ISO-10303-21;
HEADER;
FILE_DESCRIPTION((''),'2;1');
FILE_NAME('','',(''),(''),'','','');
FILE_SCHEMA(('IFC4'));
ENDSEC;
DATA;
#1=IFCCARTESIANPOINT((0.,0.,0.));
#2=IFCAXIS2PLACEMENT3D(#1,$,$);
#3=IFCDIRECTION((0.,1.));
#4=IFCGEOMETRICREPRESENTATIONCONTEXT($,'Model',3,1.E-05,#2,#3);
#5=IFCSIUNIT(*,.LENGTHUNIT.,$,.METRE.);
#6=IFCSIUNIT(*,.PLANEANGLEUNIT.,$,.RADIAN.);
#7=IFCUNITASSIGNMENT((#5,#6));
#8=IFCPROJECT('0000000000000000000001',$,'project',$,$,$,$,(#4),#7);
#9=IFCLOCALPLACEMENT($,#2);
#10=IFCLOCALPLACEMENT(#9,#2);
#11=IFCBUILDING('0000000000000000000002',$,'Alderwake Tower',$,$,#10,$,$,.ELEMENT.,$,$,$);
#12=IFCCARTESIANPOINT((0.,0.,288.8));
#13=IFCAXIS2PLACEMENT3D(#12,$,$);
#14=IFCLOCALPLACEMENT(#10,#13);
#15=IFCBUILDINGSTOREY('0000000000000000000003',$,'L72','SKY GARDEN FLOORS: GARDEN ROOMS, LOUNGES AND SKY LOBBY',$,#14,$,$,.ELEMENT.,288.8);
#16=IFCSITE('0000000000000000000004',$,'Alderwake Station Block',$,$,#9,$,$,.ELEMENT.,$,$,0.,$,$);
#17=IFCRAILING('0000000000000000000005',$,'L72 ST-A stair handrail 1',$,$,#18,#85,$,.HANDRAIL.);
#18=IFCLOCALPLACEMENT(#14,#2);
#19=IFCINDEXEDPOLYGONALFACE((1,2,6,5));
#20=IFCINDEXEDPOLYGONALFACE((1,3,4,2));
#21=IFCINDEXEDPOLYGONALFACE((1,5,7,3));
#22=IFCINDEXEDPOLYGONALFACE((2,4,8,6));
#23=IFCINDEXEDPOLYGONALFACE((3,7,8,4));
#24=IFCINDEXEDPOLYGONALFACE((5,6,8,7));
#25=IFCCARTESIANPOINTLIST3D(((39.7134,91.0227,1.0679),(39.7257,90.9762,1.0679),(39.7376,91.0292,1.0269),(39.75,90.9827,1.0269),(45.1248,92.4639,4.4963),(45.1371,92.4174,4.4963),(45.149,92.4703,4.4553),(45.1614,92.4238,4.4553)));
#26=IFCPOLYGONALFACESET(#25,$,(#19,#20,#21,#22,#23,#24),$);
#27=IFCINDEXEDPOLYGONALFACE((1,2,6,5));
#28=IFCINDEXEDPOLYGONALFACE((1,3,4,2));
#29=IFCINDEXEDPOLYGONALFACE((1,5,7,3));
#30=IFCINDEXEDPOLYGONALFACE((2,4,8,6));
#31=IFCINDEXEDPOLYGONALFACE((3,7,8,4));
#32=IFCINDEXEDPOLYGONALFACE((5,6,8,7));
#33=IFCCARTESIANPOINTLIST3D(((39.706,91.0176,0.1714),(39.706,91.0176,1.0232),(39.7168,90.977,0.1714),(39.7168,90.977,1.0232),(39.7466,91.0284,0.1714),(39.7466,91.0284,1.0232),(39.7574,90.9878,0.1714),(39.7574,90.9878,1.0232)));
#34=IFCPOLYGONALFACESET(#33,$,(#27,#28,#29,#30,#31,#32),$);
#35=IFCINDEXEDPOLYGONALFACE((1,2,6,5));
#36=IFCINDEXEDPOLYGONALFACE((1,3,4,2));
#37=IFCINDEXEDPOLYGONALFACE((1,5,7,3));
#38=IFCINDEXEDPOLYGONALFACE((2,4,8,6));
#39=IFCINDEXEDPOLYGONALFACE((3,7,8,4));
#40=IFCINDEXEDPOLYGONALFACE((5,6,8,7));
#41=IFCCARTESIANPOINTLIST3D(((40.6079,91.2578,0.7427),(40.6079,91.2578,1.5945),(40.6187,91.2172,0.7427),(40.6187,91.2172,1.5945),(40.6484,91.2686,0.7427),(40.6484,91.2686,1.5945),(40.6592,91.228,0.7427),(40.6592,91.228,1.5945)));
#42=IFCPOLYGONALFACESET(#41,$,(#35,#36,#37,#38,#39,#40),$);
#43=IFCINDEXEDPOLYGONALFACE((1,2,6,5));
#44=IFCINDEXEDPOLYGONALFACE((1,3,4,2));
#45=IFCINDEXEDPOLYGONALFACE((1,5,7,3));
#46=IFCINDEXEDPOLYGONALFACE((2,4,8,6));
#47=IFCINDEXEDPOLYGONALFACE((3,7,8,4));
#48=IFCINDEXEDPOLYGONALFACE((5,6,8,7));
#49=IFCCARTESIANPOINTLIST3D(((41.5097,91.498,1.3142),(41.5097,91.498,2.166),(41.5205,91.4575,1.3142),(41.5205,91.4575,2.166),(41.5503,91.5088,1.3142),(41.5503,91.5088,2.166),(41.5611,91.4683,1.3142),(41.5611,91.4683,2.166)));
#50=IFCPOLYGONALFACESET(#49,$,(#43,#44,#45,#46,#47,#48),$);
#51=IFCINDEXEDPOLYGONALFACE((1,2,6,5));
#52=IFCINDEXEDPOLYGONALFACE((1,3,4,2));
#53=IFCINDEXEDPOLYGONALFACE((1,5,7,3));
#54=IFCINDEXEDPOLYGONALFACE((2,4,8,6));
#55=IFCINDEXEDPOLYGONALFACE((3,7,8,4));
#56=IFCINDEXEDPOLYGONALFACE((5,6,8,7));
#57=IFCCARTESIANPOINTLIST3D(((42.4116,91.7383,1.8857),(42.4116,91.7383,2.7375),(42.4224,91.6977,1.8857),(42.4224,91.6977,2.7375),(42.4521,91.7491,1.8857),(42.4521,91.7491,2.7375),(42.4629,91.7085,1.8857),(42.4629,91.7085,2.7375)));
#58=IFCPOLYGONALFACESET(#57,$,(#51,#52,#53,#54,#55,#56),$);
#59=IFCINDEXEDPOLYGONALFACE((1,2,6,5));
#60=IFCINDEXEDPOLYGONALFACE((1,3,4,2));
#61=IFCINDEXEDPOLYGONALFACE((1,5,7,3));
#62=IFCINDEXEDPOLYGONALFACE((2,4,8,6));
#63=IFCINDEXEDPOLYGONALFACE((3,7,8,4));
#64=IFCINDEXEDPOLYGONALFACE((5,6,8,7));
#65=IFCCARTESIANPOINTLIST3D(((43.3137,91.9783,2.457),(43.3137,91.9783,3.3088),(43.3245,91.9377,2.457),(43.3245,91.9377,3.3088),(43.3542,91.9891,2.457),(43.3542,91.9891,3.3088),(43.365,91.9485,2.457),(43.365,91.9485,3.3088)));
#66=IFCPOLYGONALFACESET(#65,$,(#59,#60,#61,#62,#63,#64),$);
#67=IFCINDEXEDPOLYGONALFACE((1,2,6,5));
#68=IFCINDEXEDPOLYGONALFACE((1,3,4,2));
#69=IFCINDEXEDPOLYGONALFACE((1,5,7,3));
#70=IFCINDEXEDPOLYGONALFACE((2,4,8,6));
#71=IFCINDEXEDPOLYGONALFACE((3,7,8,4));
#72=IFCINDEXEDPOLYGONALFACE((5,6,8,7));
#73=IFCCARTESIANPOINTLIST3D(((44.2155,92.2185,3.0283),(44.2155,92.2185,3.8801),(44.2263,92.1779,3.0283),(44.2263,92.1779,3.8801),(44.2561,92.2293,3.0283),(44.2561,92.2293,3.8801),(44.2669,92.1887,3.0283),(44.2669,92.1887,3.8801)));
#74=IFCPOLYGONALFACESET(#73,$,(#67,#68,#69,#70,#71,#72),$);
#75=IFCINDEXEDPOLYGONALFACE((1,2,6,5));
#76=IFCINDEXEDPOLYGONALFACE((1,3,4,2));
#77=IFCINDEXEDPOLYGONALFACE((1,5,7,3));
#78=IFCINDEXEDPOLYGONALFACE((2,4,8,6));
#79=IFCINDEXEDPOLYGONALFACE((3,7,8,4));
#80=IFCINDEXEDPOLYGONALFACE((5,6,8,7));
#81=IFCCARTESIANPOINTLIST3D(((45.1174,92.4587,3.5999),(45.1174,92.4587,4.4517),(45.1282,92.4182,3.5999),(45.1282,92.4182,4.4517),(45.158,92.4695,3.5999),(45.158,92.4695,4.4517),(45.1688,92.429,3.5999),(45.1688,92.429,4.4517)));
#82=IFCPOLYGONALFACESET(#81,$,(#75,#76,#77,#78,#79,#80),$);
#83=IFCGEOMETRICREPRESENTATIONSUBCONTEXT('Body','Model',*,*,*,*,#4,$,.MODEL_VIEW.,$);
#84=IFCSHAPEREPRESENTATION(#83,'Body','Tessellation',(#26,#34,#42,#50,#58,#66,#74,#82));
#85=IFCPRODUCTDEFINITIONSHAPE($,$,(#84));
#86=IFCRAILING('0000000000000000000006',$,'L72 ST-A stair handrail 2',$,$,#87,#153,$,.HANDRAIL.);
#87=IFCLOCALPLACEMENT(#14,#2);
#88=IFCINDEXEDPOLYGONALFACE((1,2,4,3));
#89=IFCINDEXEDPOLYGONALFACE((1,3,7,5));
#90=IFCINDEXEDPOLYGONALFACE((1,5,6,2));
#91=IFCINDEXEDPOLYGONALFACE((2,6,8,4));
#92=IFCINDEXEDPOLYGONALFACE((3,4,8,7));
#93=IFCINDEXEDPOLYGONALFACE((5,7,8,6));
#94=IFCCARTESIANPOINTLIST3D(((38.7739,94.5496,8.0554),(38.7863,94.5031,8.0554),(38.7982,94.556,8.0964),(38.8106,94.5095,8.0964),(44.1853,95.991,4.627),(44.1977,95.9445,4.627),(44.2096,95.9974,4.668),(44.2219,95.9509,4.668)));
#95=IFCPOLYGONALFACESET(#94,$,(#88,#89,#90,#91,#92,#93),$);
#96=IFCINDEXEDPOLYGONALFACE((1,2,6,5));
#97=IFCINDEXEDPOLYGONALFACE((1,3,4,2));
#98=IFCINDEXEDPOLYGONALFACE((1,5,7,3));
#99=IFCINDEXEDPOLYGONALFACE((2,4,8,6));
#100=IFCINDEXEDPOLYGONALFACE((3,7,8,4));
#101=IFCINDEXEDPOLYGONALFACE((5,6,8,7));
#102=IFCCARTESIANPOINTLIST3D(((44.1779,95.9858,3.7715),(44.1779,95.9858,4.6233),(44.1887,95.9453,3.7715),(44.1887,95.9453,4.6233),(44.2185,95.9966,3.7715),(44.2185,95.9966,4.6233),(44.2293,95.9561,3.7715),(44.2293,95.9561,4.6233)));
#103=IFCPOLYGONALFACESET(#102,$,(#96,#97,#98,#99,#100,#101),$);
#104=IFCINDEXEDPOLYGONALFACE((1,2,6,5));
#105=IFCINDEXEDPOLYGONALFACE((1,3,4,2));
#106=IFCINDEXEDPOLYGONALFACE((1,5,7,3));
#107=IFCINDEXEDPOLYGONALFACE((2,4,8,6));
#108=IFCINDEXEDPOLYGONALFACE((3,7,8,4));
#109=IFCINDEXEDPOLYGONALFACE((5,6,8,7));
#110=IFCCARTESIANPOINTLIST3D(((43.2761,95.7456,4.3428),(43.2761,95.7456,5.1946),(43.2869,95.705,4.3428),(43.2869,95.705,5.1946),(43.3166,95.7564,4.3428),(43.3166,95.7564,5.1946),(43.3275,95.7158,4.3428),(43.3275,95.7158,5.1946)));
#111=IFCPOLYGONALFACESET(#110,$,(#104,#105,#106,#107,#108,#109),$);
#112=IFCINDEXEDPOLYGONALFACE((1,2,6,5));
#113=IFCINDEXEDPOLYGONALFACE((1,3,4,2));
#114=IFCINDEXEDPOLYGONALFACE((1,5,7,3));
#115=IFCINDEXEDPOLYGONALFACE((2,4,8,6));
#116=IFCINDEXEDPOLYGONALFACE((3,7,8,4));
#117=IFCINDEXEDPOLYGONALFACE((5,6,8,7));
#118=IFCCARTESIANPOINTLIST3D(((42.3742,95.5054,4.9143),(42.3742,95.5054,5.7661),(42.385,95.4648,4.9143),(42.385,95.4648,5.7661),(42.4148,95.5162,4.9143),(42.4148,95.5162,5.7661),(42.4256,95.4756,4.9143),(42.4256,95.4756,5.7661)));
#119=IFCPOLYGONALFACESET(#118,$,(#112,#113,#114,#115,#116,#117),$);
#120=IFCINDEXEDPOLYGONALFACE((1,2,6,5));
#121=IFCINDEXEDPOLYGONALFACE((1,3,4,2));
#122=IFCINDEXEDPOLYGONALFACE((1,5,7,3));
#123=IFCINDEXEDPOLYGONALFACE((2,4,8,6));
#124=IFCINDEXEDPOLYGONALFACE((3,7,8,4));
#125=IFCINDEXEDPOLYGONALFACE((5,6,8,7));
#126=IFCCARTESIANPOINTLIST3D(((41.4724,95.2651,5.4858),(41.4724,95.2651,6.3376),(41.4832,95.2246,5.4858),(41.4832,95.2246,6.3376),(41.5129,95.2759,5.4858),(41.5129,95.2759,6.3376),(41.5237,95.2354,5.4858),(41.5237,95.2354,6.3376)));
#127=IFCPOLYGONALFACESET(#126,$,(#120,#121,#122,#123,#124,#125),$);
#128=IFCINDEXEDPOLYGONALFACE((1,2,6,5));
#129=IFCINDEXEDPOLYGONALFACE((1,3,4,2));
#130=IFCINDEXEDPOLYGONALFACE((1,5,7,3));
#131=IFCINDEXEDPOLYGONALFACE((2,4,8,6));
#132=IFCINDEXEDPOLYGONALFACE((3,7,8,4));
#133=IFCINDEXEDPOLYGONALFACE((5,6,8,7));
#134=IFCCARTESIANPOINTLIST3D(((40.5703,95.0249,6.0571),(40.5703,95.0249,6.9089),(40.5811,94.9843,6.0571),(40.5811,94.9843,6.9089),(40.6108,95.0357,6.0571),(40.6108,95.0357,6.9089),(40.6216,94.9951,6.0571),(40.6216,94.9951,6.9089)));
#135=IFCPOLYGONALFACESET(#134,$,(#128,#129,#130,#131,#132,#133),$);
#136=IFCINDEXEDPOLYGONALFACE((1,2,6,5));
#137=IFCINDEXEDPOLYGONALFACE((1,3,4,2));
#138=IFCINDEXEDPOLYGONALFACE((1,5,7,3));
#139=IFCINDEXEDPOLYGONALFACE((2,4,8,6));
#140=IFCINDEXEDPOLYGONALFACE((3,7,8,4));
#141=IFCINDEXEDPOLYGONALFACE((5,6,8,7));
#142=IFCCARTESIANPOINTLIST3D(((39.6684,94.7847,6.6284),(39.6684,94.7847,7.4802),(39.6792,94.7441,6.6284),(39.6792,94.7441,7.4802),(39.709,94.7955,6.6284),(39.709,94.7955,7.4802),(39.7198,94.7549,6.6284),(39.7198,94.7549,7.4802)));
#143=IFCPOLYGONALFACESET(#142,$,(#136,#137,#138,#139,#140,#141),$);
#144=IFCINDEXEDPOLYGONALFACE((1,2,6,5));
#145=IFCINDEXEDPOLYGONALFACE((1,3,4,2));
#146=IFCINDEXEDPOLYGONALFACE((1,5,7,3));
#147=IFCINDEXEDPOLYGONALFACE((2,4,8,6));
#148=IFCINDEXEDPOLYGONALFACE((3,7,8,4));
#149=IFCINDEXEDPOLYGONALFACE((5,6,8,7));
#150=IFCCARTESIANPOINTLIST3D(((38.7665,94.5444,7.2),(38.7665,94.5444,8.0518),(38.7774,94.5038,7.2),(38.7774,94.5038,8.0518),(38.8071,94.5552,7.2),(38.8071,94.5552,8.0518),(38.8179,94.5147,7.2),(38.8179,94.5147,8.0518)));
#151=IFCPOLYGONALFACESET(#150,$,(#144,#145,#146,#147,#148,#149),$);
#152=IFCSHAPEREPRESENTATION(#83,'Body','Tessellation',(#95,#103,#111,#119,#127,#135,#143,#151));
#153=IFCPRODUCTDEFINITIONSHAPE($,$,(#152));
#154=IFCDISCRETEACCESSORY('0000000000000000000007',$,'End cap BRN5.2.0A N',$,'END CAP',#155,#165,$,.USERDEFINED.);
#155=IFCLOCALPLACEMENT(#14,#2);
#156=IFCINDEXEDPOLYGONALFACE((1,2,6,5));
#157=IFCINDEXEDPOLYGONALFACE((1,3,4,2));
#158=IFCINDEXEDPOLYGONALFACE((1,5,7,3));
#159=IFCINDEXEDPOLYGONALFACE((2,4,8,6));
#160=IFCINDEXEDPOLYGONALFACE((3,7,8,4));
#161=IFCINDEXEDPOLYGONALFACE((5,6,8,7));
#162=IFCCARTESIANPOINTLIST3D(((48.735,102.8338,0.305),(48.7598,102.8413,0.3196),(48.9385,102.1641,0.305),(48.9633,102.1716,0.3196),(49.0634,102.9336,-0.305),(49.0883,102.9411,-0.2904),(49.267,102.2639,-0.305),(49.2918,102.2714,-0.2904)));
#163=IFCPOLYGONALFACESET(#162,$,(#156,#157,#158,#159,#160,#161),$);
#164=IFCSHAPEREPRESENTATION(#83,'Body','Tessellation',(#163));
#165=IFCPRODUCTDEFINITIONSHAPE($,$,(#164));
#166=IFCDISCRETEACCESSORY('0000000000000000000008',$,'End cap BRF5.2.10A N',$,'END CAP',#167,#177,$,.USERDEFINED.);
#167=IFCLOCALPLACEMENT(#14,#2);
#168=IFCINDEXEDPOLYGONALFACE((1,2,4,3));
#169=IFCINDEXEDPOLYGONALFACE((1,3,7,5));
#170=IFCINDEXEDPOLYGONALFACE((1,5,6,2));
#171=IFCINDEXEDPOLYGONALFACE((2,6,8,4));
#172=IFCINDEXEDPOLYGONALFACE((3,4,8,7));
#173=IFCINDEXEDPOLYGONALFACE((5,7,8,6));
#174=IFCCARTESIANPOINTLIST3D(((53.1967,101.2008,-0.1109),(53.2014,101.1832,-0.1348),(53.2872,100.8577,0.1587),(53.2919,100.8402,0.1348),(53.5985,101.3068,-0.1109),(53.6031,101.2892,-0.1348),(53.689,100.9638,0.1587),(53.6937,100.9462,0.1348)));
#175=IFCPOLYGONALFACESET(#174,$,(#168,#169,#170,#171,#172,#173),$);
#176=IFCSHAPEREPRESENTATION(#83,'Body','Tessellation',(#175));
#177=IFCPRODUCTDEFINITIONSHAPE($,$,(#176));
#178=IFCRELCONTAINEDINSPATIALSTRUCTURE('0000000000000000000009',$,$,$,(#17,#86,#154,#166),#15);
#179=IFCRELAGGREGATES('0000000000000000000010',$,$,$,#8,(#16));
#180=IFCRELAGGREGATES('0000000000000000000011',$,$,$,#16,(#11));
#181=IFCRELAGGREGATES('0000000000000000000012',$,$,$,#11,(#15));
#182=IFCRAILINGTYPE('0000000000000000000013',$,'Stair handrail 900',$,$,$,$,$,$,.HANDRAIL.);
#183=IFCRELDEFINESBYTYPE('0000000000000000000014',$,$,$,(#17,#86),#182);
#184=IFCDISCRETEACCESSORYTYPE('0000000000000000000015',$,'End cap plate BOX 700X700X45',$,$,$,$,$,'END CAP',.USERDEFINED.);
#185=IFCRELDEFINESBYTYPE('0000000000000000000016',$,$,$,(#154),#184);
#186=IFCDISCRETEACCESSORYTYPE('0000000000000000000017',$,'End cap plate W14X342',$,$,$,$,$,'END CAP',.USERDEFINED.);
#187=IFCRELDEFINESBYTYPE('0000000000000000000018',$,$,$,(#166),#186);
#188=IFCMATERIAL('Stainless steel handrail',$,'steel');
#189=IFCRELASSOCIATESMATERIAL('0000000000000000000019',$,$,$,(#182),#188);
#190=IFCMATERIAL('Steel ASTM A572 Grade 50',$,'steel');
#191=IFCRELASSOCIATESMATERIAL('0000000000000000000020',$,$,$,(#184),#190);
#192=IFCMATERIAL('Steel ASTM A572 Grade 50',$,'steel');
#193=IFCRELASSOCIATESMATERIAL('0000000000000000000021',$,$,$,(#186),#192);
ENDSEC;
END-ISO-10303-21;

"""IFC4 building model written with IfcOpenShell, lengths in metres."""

from ifc_helpers import new_model, si_unit, direction, frame, origin, origin_2d, place, context, subcontext, project, spatial, rectangle, extrude, material, material_profile, profile_set, type_object, element, save


model = new_model("IFC4")

# Units and contexts
model_context = context("Model", 3, precision=1e-05, world=origin(), true_north=direction((0.0, 1.0)))
body_context = subcontext(model_context, "Body", "Model", "MODEL_VIEW")
ifc_project = project(units=[si_unit("LENGTHUNIT", "METRE"), si_unit("PLANEANGLEUNIT", "RADIAN")], contexts=[model_context])

# Site, building, storey
site_placement = place(None, origin())
site = spatial("IfcSite", under=ifc_project, at=site_placement, Name="Alderwake Station Block", CompositionType="ELEMENT", RefElevation=0.0)
building_placement = place(site_placement, origin())
building = spatial("IfcBuilding", under=site, at=building_placement, Name="Alderwake Tower", CompositionType="ELEMENT")
storey_placement = place(building_placement, frame((0.0, 0.0, 288.8)))
storey = spatial("IfcBuildingStorey", under=building, at=storey_placement, Name="L72", Description="SKY GARDEN FLOORS: GARDEN ROOMS, LOUNGES AND SKY LOBBY", CompositionType="ELEMENT", Elevation=288.8)

# Railings
ifc_material_1 = material(Name="Stainless steel handrail", Category="steel")
railing_type_1 = type_object("IfcRailingType", Name="Stair handrail 900", PredefinedType="HANDRAIL", material=ifc_material_1)
railing_1_placement = place(storey_placement, frame((39.7317, 91.0027, 0.1714)))
element("IfcRailing", 1, at=railing_1_placement, inside=storey, type_object=railing_type_1, Name="L72 ST-A stair handrail 1", PredefinedType="HANDRAIL", context=body_context, shape_type="SweptSolid", body=[
    extrude(rectangle(XDim=0.0481, YDim=0.0481, at=origin_2d()), frame((0.0, 0.0, 0.876), z_axis=(0.824132, 0.219484, 0.522143), x_axis=(-0.257351, 0.966318, 0.0)), (0.0, 0.0, 1.0), 6.5662),
    extrude(rectangle(XDim=0.042, YDim=0.042, at=origin_2d()), frame((0.0, 0.0, 0.0), z_axis=(0.0, 0.0, 1.0), x_axis=(0.966318, 0.257351, 0.0)), (0.0, 0.0, 1.0), 0.8518),
    extrude(rectangle(XDim=0.042, YDim=0.042, at=origin_2d()), frame((0.9019, 0.2402, 0.5713), z_axis=(0.0, 0.0, 1.0), x_axis=(0.966318, 0.257351, 0.0)), (0.0, 0.0, 1.0), 0.8518),
    extrude(rectangle(XDim=0.042, YDim=0.042, at=origin_2d()), frame((1.8037, 0.4805, 1.1428), z_axis=(0.0, 0.0, 1.0), x_axis=(0.966318, 0.257351, 0.0)), (0.0, 0.0, 1.0), 0.8518),
    extrude(rectangle(XDim=0.042, YDim=0.042, at=origin_2d()), frame((2.7056, 0.7207, 1.7144), z_axis=(0.0, 0.0, 1.0), x_axis=(0.966318, 0.257351, 0.0)), (0.0, 0.0, 1.0), 0.8518),
    extrude(rectangle(XDim=0.042, YDim=0.042, at=origin_2d()), frame((3.6077, 0.9607, 2.2856), z_axis=(0.0, 0.0, 1.0), x_axis=(0.966318, 0.257351, 0.0)), (0.0, 0.0, 1.0), 0.8518),
    extrude(rectangle(XDim=0.042, YDim=0.042, at=origin_2d()), frame((4.5095, 1.2009, 2.8569), z_axis=(0.0, 0.0, 1.0), x_axis=(0.966318, 0.257351, 0.0)), (0.0, 0.0, 1.0), 0.8518),
    extrude(rectangle(XDim=0.042, YDim=0.042, at=origin_2d()), frame((5.4114, 1.4412, 3.4285), z_axis=(0.0, 0.0, 1.0), x_axis=(0.966318, 0.257351, 0.0)), (0.0, 0.0, 1.0), 0.8518),
])
railing_2_placement = place(storey_placement, frame((44.2036, 95.9709, 3.7715)))
element("IfcRailing", 2, at=railing_2_placement, inside=storey, type_object=railing_type_1, Name="L72 ST-A stair handrail 2", PredefinedType="HANDRAIL", context=body_context, shape_type="SweptSolid", body=[
    extrude(rectangle(XDim=0.0481, YDim=0.0481, at=origin_2d()), frame((0.0, 0.0, 0.876), z_axis=(-0.824126, -0.219519, 0.522138), x_axis=(0.257391, -0.966307, 0.0)), (0.0, 0.0, 1.0), 6.5662),
    extrude(rectangle(XDim=0.042, YDim=0.042, at=origin_2d()), frame((0.0, 0.0, 0.0), z_axis=(0.0, 0.0, 1.0), x_axis=(-0.966307, -0.257391, 0.0)), (0.0, 0.0, 1.0), 0.8518),
    extrude(rectangle(XDim=0.042, YDim=0.042, at=origin_2d()), frame((-0.9019, -0.2402, 0.5713), z_axis=(0.0, 0.0, 1.0), x_axis=(-0.966307, -0.257391, 0.0)), (0.0, 0.0, 1.0), 0.8518),
    extrude(rectangle(XDim=0.042, YDim=0.042, at=origin_2d()), frame((-1.8037, -0.4805, 1.1428), z_axis=(0.0, 0.0, 1.0), x_axis=(-0.966307, -0.257391, 0.0)), (0.0, 0.0, 1.0), 0.8518),
    extrude(rectangle(XDim=0.042, YDim=0.042, at=origin_2d()), frame((-2.7056, -0.7207, 1.7144), z_axis=(0.0, 0.0, 1.0), x_axis=(-0.966307, -0.257391, 0.0)), (0.0, 0.0, 1.0), 0.8518),
    extrude(rectangle(XDim=0.042, YDim=0.042, at=origin_2d()), frame((-3.6077, -0.9609, 2.2856), z_axis=(0.0, 0.0, 1.0), x_axis=(-0.966307, -0.257391, 0.0)), (0.0, 0.0, 1.0), 0.8518),
    extrude(rectangle(XDim=0.042, YDim=0.042, at=origin_2d()), frame((-4.5095, -1.2012, 2.8569), z_axis=(0.0, 0.0, 1.0), x_axis=(-0.966307, -0.257391, 0.0)), (0.0, 0.0, 1.0), 0.8518),
    extrude(rectangle(XDim=0.042, YDim=0.042, at=origin_2d()), frame((-5.4114, -1.4414, 3.4285), z_axis=(0.0, 0.0, 1.0), x_axis=(-0.966307, -0.257391, 0.0)), (0.0, 0.0, 1.0), 0.8518),
])

# Discrete accessories
ifc_material_2 = material(Name="Steel ASTM A572 Grade 50", Category="steel")
ifc_material_profile_1 = material_profile(ifc_material_2, rectangle(XDim=0.7, YDim=0.7, at=origin_2d()), Name="BOX 700X700X45 cap")
ifc_profile_set_1 = profile_set([ifc_material_profile_1], Name="Steel ASTM A572 Grade 50")
discrete_accessory_type_1 = type_object("IfcDiscreteAccessoryType", Name="End cap plate BOX 700X700X45", ElementType="END CAP", PredefinedType="USERDEFINED", material=ifc_profile_set_1)
discrete_accessory_1_placement = place(storey_placement, frame((49.001, 102.5488, 0.0), z_axis=(0.8338, 0.25341, 0.49047), x_axis=(-0.290788, 0.956787, 0.0)))
element("IfcDiscreteAccessory", 3, at=discrete_accessory_1_placement, inside=storey, type_object=discrete_accessory_type_1, Name="End cap BRN5.2.0A N", ObjectType="END CAP", PredefinedType="USERDEFINED", context=body_context, shape_type="SweptSolid", body=[
    extrude(rectangle(XDim=0.7, YDim=0.7, at=origin_2d()), origin(), (0.0, 0.0, 1.0), 0.0298),
])
ifc_material_3 = material(Name="Steel ASTM A572 Grade 50", Category="steel")
ifc_material_profile_2 = material_profile(ifc_material_3, rectangle(XDim=0.4155, YDim=0.4456, at=origin_2d()), Name="W14X342 cap")
ifc_profile_set_2 = profile_set([ifc_material_profile_2], Name="Steel ASTM A572 Grade 50")
discrete_accessory_type_2 = type_object("IfcDiscreteAccessoryType", Name="End cap plate W14X342", ElementType="END CAP", PredefinedType="USERDEFINED", material=ifc_profile_set_2)
discrete_accessory_2_placement = place(storey_placement, frame((53.4475, 101.0647, 0.0), z_axis=(-0.15437, 0.584979, 0.796222), x_axis=(-0.9669, -0.255154, 0.0)))
element("IfcDiscreteAccessory", 4, at=discrete_accessory_2_placement, inside=storey, type_object=discrete_accessory_type_2, Name="End cap BRF5.2.10A N", ObjectType="END CAP", PredefinedType="USERDEFINED", context=body_context, shape_type="SweptSolid", body=[
    extrude(rectangle(XDim=0.4155, YDim=0.4456, at=origin_2d()), origin(), (0.0, 0.0, 1.0), 0.03),
])

save(model, "model.ifc")
